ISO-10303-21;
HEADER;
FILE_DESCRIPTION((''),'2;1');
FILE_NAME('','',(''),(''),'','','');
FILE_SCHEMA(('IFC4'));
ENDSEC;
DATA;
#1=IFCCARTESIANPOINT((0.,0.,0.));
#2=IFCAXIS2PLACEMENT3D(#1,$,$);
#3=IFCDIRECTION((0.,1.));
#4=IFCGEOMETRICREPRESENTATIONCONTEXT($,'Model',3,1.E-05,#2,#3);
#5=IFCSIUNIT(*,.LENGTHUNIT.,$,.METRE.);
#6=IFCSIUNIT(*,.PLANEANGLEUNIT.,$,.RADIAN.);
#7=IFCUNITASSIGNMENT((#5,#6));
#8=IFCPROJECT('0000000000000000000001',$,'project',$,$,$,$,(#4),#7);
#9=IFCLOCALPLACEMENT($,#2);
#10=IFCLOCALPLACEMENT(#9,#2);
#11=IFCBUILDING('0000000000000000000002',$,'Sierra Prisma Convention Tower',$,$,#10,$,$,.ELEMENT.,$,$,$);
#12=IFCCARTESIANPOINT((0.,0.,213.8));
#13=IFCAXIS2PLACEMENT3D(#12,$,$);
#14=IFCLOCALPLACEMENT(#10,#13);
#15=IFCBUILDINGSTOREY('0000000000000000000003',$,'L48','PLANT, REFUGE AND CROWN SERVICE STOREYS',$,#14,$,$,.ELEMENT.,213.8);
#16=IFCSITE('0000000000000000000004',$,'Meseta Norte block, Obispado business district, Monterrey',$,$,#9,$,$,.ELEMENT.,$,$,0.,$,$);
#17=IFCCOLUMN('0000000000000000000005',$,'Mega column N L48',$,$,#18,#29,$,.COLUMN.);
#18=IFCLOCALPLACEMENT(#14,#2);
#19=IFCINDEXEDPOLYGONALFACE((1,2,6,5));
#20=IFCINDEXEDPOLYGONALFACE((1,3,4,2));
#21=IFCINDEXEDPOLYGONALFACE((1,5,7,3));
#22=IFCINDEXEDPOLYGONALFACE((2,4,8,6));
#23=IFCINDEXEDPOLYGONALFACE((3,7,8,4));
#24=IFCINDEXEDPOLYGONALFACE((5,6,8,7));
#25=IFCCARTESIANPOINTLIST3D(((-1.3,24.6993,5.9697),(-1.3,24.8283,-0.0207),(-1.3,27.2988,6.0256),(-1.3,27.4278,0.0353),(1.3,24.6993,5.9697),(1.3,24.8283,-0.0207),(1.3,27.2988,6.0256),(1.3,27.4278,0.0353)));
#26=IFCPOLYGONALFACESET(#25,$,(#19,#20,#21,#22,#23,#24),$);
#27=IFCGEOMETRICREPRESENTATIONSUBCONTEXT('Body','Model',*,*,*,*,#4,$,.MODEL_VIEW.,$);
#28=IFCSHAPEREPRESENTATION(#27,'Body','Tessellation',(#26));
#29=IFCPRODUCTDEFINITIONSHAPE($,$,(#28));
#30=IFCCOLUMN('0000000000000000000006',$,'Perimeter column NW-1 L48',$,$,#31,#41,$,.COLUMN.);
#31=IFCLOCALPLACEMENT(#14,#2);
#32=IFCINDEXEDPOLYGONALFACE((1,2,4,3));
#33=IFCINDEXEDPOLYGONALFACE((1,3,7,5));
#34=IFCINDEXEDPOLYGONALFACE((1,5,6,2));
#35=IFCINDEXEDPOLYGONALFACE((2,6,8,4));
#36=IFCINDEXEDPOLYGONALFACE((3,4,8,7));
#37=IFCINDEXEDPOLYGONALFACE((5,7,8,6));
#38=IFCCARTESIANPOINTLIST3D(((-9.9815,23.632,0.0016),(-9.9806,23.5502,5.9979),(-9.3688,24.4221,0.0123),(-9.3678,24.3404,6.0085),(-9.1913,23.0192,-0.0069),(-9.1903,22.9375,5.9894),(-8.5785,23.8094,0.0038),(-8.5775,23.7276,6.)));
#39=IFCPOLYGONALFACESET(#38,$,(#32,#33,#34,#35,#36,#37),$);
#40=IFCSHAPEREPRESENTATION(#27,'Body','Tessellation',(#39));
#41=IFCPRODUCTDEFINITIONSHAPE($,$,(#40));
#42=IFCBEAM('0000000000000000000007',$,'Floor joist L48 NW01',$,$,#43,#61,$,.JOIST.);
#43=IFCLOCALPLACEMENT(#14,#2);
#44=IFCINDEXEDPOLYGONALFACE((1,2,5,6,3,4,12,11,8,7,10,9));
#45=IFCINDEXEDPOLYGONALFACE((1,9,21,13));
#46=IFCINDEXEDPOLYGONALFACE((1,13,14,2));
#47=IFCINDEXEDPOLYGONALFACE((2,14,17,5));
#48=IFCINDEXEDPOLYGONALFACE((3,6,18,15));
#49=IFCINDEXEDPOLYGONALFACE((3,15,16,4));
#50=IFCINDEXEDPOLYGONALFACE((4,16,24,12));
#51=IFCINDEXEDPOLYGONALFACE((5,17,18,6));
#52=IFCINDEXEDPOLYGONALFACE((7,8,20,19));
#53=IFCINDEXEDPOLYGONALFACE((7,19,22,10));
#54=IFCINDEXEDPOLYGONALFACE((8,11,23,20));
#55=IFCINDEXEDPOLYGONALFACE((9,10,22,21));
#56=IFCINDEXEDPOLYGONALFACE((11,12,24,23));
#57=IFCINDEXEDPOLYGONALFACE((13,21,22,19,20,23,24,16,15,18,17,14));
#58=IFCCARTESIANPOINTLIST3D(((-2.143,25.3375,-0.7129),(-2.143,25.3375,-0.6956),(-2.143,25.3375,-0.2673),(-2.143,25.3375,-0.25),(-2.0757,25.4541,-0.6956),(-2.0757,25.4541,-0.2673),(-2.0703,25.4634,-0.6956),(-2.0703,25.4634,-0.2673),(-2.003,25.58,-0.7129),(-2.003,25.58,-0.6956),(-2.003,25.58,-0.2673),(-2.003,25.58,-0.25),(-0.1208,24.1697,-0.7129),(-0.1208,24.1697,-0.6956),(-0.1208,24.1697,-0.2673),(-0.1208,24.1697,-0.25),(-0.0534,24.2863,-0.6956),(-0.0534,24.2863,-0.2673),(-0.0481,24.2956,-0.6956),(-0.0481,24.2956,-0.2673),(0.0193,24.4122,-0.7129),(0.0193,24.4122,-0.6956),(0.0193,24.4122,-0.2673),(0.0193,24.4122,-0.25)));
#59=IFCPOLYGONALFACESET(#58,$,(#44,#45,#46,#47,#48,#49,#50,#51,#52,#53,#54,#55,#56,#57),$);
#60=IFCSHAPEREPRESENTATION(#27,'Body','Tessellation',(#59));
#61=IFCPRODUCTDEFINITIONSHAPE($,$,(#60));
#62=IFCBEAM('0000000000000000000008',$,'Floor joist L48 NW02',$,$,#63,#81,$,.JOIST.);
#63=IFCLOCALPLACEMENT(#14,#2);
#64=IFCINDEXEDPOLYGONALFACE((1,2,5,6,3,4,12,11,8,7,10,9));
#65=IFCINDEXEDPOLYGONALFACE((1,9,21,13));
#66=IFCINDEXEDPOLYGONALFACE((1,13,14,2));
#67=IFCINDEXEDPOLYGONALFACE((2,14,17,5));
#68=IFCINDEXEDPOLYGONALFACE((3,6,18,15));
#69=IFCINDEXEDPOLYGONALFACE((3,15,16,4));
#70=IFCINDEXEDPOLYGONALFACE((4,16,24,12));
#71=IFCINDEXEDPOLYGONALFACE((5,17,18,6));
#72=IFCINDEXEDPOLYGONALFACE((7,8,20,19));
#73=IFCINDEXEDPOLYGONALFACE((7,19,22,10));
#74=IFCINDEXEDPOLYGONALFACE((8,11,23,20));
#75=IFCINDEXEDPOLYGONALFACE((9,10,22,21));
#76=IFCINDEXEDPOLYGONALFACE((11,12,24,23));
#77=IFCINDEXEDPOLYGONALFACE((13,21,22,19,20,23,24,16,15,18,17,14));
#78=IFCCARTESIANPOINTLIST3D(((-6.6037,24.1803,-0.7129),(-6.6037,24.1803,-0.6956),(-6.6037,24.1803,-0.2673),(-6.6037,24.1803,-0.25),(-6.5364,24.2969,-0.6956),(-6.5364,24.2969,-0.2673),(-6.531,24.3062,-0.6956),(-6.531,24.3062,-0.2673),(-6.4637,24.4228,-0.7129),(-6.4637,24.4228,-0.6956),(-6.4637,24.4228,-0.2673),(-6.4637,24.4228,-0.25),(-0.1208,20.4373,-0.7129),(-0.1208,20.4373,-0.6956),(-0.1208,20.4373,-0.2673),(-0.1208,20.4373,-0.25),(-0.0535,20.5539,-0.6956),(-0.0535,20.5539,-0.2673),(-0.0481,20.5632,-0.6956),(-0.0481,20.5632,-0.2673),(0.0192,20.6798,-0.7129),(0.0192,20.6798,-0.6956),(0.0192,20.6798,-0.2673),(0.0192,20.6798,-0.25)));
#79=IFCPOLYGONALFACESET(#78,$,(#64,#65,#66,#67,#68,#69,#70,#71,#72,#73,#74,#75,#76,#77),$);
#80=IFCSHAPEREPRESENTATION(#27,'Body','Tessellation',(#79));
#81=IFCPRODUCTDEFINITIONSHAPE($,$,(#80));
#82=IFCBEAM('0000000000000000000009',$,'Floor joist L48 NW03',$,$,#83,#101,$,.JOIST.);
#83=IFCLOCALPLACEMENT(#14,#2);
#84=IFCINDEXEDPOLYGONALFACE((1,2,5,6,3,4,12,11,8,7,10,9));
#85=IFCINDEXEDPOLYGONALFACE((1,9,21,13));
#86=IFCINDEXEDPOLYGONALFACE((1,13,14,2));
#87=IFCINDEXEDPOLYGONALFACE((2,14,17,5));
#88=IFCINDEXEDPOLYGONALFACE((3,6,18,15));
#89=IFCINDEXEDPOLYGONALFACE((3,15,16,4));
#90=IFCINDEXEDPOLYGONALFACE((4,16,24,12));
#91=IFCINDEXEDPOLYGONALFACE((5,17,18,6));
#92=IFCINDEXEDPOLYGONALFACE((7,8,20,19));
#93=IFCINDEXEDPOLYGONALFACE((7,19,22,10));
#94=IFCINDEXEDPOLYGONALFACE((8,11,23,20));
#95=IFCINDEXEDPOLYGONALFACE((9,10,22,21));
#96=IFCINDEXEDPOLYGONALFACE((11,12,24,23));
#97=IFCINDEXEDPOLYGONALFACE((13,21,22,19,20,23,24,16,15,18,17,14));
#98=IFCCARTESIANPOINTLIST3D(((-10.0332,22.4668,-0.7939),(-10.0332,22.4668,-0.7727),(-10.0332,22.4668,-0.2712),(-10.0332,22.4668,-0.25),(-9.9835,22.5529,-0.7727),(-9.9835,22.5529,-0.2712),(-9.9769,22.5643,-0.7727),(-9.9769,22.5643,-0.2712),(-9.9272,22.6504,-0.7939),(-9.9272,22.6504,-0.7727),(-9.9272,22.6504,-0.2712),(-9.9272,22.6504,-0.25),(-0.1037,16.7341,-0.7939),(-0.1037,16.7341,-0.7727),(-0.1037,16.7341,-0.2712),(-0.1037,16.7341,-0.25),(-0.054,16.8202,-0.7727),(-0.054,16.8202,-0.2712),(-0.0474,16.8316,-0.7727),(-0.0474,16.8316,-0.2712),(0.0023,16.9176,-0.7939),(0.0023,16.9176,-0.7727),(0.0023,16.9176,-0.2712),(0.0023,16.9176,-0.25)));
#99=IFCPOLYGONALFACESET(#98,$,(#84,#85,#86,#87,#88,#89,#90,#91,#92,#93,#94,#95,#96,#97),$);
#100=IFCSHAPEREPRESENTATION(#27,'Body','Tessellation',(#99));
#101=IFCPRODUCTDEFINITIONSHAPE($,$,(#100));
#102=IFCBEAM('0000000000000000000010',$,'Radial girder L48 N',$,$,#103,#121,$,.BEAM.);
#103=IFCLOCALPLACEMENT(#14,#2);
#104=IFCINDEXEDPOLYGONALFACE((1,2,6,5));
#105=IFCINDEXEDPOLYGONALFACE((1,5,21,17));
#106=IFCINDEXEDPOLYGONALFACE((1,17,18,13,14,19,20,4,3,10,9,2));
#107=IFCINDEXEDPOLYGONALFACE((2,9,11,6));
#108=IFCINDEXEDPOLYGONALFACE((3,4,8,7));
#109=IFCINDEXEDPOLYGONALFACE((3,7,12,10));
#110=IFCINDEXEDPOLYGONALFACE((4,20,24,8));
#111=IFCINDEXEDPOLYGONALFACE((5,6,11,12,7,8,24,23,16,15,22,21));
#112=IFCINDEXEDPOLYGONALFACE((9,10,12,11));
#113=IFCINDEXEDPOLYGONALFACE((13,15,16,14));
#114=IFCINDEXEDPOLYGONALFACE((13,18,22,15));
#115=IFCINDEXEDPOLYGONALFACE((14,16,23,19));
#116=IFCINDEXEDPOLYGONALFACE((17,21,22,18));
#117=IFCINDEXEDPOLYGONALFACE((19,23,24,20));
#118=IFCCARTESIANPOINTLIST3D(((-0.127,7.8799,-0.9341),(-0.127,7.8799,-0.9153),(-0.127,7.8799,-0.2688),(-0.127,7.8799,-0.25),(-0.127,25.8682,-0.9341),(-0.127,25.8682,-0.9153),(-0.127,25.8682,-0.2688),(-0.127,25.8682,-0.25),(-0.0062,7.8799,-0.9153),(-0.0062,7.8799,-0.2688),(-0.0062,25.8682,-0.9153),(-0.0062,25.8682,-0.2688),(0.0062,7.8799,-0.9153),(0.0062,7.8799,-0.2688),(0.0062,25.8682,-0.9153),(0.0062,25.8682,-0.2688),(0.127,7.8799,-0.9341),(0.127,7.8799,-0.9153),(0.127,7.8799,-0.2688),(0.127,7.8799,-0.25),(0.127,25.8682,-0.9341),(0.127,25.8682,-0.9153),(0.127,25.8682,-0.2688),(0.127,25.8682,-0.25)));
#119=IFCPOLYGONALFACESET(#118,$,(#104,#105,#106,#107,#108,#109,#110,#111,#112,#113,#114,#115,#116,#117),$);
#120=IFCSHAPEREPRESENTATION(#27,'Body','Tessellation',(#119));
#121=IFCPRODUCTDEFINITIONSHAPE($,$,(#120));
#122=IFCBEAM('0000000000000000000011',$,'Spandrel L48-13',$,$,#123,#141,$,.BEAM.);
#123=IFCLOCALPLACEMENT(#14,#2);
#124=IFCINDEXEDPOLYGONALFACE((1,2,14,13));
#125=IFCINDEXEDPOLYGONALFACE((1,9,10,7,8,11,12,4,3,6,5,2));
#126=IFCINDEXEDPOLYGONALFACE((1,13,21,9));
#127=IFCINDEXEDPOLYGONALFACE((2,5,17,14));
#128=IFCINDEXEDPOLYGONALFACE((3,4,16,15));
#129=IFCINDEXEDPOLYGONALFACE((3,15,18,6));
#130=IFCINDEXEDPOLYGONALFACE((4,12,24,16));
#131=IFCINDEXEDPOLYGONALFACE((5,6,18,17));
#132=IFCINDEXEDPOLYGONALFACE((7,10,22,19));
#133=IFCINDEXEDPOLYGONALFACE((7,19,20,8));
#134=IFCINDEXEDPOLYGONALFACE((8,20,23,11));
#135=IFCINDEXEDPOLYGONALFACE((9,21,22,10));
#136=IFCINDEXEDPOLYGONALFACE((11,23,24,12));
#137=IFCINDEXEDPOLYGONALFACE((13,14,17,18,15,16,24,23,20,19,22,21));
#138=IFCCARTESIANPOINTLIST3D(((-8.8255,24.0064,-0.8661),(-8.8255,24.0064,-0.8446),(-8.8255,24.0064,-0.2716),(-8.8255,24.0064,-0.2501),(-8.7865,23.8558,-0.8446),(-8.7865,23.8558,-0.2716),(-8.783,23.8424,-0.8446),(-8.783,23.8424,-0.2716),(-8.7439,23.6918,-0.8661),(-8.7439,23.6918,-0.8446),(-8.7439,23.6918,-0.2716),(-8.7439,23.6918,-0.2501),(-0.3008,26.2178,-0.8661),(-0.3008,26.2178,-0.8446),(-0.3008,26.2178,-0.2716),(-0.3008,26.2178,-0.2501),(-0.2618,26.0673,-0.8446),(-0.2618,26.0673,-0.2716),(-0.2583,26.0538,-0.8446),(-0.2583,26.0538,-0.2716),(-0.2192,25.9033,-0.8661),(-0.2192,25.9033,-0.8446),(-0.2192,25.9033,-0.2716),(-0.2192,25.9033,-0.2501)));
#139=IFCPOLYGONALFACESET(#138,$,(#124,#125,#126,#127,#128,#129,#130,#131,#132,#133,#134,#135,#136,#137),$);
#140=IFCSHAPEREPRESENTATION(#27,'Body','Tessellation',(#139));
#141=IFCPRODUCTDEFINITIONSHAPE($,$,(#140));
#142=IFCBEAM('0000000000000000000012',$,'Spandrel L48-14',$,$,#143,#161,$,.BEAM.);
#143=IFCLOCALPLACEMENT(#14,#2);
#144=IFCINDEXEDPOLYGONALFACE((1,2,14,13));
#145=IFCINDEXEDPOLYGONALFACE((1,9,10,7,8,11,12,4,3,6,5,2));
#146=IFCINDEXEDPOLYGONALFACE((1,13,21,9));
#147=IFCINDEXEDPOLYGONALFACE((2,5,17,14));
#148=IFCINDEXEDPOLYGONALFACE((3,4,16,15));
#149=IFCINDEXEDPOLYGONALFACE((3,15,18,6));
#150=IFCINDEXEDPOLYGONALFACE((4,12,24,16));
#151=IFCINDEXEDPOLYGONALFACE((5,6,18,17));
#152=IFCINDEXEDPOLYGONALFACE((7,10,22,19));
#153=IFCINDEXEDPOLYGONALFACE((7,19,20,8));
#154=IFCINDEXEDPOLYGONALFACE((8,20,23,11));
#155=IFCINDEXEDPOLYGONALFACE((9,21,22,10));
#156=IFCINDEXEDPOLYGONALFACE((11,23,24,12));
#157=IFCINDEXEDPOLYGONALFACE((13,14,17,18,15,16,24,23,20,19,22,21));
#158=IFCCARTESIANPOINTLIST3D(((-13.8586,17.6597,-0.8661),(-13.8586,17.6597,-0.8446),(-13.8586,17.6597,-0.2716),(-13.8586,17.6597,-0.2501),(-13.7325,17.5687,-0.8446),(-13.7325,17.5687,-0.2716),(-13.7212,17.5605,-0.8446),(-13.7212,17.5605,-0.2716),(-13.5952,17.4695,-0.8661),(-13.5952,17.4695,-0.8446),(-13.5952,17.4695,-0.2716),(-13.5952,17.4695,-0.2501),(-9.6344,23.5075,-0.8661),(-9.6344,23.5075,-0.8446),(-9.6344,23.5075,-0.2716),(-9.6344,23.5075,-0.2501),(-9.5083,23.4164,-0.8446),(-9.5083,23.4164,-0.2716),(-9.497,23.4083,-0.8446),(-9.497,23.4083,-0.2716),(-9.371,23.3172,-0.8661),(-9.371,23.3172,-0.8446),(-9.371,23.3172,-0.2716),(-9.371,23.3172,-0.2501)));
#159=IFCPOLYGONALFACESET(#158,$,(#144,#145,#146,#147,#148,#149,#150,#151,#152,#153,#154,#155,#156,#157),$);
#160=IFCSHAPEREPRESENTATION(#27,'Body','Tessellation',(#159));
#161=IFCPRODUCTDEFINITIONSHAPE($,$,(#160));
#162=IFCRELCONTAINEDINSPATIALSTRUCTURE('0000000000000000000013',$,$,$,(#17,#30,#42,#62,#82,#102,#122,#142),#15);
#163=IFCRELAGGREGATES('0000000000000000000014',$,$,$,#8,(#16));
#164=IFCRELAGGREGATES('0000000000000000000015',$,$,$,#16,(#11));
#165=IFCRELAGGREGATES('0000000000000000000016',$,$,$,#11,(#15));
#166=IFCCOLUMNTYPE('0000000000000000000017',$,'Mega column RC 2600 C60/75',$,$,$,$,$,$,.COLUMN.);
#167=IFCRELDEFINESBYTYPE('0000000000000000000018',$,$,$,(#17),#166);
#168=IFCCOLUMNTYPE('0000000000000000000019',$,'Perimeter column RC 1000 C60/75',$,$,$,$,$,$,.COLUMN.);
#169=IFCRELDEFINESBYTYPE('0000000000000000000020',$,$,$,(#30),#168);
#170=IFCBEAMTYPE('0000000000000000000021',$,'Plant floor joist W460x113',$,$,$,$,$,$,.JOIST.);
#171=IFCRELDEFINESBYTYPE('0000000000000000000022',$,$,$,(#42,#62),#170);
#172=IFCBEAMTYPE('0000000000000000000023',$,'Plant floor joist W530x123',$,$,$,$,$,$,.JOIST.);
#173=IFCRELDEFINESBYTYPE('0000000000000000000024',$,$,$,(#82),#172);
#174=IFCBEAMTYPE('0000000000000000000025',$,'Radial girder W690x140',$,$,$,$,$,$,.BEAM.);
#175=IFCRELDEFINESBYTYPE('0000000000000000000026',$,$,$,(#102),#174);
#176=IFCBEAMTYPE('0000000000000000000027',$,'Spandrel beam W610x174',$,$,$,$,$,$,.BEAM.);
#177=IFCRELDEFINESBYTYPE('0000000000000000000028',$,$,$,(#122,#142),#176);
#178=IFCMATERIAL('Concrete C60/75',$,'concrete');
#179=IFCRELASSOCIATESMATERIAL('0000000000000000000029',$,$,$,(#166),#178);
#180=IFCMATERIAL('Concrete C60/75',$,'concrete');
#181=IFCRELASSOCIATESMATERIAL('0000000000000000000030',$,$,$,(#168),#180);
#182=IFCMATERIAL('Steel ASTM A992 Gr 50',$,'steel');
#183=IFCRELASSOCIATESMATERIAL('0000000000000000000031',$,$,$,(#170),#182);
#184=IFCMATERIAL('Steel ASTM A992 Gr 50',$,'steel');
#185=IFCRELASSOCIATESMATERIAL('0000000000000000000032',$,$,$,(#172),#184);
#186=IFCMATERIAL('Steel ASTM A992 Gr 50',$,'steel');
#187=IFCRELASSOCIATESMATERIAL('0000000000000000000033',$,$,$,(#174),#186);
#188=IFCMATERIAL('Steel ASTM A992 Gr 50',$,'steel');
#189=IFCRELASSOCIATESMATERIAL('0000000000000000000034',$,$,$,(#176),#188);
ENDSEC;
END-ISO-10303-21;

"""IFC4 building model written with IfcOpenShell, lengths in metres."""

from ifc_helpers import new_model, si_unit, direction, frame, origin, origin_2d, place, context, subcontext, project, spatial, rectangle, i_section, extrude, clip, halfspace, material, material_profile, profile_set, type_object, element, save


model = new_model("IFC4")

# Units and contexts
model_context = context("Model", 3, precision=1e-05, world=origin(), true_north=direction((0.0, 1.0)))
body_context = subcontext(model_context, "Body", "Model", "MODEL_VIEW")
ifc_project = project(units=[si_unit("LENGTHUNIT", "METRE"), si_unit("PLANEANGLEUNIT", "RADIAN")], contexts=[model_context])

# Site, building, storey
site_placement = place(None, origin())
site = spatial("IfcSite", under=ifc_project, at=site_placement, Name="Meseta Norte block, Obispado business district, Monterrey", CompositionType="ELEMENT", RefElevation=0.0)
building_placement = place(site_placement, origin())
building = spatial("IfcBuilding", under=site, at=building_placement, Name="Sierra Prisma Convention Tower", CompositionType="ELEMENT")
storey_placement = place(building_placement, frame((0.0, 0.0, 213.8)))
storey = spatial("IfcBuildingStorey", under=building, at=storey_placement, Name="L48", Description="PLANT, REFUGE AND CROWN SERVICE STOREYS", CompositionType="ELEMENT", Elevation=213.8)

# Columns
ifc_material_1 = material(Name="Concrete C60/75", Category="concrete")
ifc_material_profile_1 = material_profile(ifc_material_1, rectangle(XDim=2.6001, YDim=2.6001, at=origin_2d()), Name="Mega column RC 2600 C60/75")
ifc_profile_set_1 = profile_set([ifc_material_profile_1], Name="Concrete C60/75")
column_type_1 = type_object("IfcColumnType", Name="Mega column RC 2600 C60/75", PredefinedType="COLUMN", material=ifc_profile_set_1)
column_1_placement = place(storey_placement, frame((0.0, 26.1282, 0.0), z_axis=(0.0, -0.02152, 0.999768), x_axis=(1.0, 0.0, 0.0)))
element("IfcColumn", 1, at=column_1_placement, inside=storey, type_object=column_type_1, Name="Mega column N L48", PredefinedType="COLUMN", context=body_context, shape_type="SweptSolid", body=[
    clip(clip(extrude(rectangle(XDim=2.6001, YDim=2.6001, at=origin_2d()), origin(), (0.0, 0.0, 1.0), 6.0015), halfspace(frame((0.0, 0.0, 0.0073)), True)), halfspace(frame((0.0, 0.0, 5.999)), False)),
])
ifc_material_2 = material(Name="Concrete C60/75", Category="concrete")
ifc_material_profile_2 = material_profile(ifc_material_2, rectangle(XDim=1.0, YDim=1.0, at=origin_2d()), Name="Perimeter column RC 1000 C60/75")
ifc_profile_set_2 = profile_set([ifc_material_profile_2], Name="Concrete C60/75")
column_type_2 = type_object("IfcColumnType", Name="Perimeter column RC 1000 C60/75", PredefinedType="COLUMN", material=ifc_profile_set_2)
column_2_placement = place(storey_placement, frame((-9.28, 23.7207, 0.0), z_axis=(0.000163, -0.01363, 0.999907), x_axis=(0.612797, 0.790169, 0.010671)))
element("IfcColumn", 2, at=column_2_placement, inside=storey, type_object=column_type_2, Name="Perimeter column NW-1 L48", PredefinedType="COLUMN", context=body_context, shape_type="SweptSolid", body=[
    clip(clip(extrude(rectangle(XDim=1.0, YDim=1.0, at=origin_2d()), origin(), (0.0, 0.0, 1.0), 6.0005), halfspace(frame((0.0, 0.0, 0.0027)), True)), halfspace(frame((0.0, 0.0, 5.9995)), False)),
])

# Beams
ifc_material_3 = material(Name="Steel ASTM A992 Gr 50", Category="steel")
ifc_material_profile_3 = material_profile(ifc_material_3, i_section(OverallWidth=0.28, OverallDepth=0.4629, WebThickness=0.0107, FlangeThickness=0.0173, at=origin_2d()), Name="W460x113")
ifc_profile_set_3 = profile_set([ifc_material_profile_3], Name="Steel ASTM A992 Gr 50")
beam_type_1 = type_object("IfcBeamType", Name="Plant floor joist W460x113", PredefinedType="JOIST", material=ifc_profile_set_3)
beam_1_placement = place(storey_placement, frame((-2.073, 25.4587, -0.4814), z_axis=(0.865989, -0.500063, 0.0), x_axis=(0.500063, 0.865989, 0.0)))
element("IfcBeam", 3, at=beam_1_placement, inside=storey, type_object=beam_type_1, Name="Floor joist L48 NW01", PredefinedType="JOIST", context=body_context, shape_type="SweptSolid", body=[
    extrude(i_section(OverallWidth=0.28, OverallDepth=0.4629, WebThickness=0.0107, FlangeThickness=0.0173, at=origin_2d()), origin(), (0.0, 0.0, 1.0), 2.3352),
])
beam_2_placement = place(storey_placement, frame((-6.5337, 24.3015, -0.4814), z_axis=(0.866025, -0.500001, 0.0), x_axis=(0.500001, 0.866025, 0.0)))
element("IfcBeam", 4, at=beam_2_placement, inside=storey, type_object=beam_type_1, Name="Floor joist L48 NW02", PredefinedType="JOIST", context=body_context, shape_type="SweptSolid", body=[
    extrude(i_section(OverallWidth=0.28, OverallDepth=0.4629, WebThickness=0.0107, FlangeThickness=0.0173, at=origin_2d()), origin(), (0.0, 0.0, 1.0), 7.4858),
])
ifc_material_4 = material(Name="Steel ASTM A992 Gr 50", Category="steel")
ifc_material_profile_4 = material_profile(ifc_material_4, i_section(OverallWidth=0.2119, OverallDepth=0.5439, WebThickness=0.0132, FlangeThickness=0.0212, at=origin_2d()), Name="W530x123")
ifc_profile_set_4 = profile_set([ifc_material_profile_4], Name="Steel ASTM A992 Gr 50")
beam_type_2 = type_object("IfcBeamType", Name="Plant floor joist W530x123", PredefinedType="JOIST", material=ifc_profile_set_4)
beam_3_placement = place(storey_placement, frame((-9.9802, 22.5586, -0.522), z_axis=(0.866029, -0.499993, 0.0), x_axis=(0.499993, 0.866029, 0.0)))
element("IfcBeam", 5, at=beam_3_placement, inside=storey, type_object=beam_type_2, Name="Floor joist L48 NW03", PredefinedType="JOIST", context=body_context, shape_type="SweptSolid", body=[
    extrude(i_section(OverallWidth=0.2119, OverallDepth=0.5439, WebThickness=0.0132, FlangeThickness=0.0212, at=origin_2d()), origin(), (0.0, 0.0, 1.0), 11.4656),
])
ifc_material_5 = material(Name="Steel ASTM A992 Gr 50", Category="steel")
ifc_material_profile_5 = material_profile(ifc_material_5, i_section(OverallWidth=0.2539, OverallDepth=0.6841, WebThickness=0.0125, FlangeThickness=0.0188, at=origin_2d()), Name="W690x140")
ifc_profile_set_5 = profile_set([ifc_material_profile_5], Name="Steel ASTM A992 Gr 50")
beam_type_3 = type_object("IfcBeamType", Name="Radial girder W690x140", PredefinedType="BEAM", material=ifc_profile_set_5)
beam_4_placement = place(storey_placement, frame((0.0, 25.8682, -0.592), z_axis=(0.0, -1.0, 0.0), x_axis=(1.0, 0.0, 0.0)))
element("IfcBeam", 6, at=beam_4_placement, inside=storey, type_object=beam_type_3, Name="Radial girder L48 N", PredefinedType="BEAM", context=body_context, shape_type="SweptSolid", body=[
    extrude(i_section(OverallWidth=0.2539, OverallDepth=0.6841, WebThickness=0.0125, FlangeThickness=0.0188, at=origin_2d()), origin(), (0.0, 0.0, 1.0), 17.9883),
])
ifc_material_6 = material(Name="Steel ASTM A992 Gr 50", Category="steel")
ifc_material_profile_6 = material_profile(ifc_material_6, i_section(OverallWidth=0.325, OverallDepth=0.616, WebThickness=0.0139, FlangeThickness=0.0215, at=origin_2d()), Name="W610x174")
ifc_profile_set_6 = profile_set([ifc_material_profile_6], Name="Steel ASTM A992 Gr 50")
beam_type_4 = type_object("IfcBeamType", Name="Spandrel beam W610x174", PredefinedType="BEAM", material=ifc_profile_set_6)
beam_5_placement = place(storey_placement, frame((-0.26, 26.0605, -0.5581), z_axis=(-0.96796, -0.251104, 0.0), x_axis=(0.251104, -0.96796, 0.0)))
element("IfcBeam", 7, at=beam_5_placement, inside=storey, type_object=beam_type_4, Name="Spandrel L48-13", PredefinedType="BEAM", context=body_context, shape_type="SweptSolid", body=[
    extrude(i_section(OverallWidth=0.325, OverallDepth=0.616, WebThickness=0.0139, FlangeThickness=0.0215, at=origin_2d()), origin(), (0.0, 0.0, 1.0), 8.8069),
])
beam_6_placement = place(storey_placement, frame((-9.5027, 23.4124, -0.5581), z_axis=(-0.585565, -0.810626, 0.0), x_axis=(0.810626, -0.585565, 0.0)))
element("IfcBeam", 8, at=beam_6_placement, inside=storey, type_object=beam_type_4, Name="Spandrel L48-14", PredefinedType="BEAM", context=body_context, shape_type="SweptSolid", body=[
    extrude(i_section(OverallWidth=0.325, OverallDepth=0.616, WebThickness=0.0139, FlangeThickness=0.0215, at=origin_2d()), origin(), (0.0, 0.0, 1.0), 7.2139),
])

save(model, "model.ifc")
